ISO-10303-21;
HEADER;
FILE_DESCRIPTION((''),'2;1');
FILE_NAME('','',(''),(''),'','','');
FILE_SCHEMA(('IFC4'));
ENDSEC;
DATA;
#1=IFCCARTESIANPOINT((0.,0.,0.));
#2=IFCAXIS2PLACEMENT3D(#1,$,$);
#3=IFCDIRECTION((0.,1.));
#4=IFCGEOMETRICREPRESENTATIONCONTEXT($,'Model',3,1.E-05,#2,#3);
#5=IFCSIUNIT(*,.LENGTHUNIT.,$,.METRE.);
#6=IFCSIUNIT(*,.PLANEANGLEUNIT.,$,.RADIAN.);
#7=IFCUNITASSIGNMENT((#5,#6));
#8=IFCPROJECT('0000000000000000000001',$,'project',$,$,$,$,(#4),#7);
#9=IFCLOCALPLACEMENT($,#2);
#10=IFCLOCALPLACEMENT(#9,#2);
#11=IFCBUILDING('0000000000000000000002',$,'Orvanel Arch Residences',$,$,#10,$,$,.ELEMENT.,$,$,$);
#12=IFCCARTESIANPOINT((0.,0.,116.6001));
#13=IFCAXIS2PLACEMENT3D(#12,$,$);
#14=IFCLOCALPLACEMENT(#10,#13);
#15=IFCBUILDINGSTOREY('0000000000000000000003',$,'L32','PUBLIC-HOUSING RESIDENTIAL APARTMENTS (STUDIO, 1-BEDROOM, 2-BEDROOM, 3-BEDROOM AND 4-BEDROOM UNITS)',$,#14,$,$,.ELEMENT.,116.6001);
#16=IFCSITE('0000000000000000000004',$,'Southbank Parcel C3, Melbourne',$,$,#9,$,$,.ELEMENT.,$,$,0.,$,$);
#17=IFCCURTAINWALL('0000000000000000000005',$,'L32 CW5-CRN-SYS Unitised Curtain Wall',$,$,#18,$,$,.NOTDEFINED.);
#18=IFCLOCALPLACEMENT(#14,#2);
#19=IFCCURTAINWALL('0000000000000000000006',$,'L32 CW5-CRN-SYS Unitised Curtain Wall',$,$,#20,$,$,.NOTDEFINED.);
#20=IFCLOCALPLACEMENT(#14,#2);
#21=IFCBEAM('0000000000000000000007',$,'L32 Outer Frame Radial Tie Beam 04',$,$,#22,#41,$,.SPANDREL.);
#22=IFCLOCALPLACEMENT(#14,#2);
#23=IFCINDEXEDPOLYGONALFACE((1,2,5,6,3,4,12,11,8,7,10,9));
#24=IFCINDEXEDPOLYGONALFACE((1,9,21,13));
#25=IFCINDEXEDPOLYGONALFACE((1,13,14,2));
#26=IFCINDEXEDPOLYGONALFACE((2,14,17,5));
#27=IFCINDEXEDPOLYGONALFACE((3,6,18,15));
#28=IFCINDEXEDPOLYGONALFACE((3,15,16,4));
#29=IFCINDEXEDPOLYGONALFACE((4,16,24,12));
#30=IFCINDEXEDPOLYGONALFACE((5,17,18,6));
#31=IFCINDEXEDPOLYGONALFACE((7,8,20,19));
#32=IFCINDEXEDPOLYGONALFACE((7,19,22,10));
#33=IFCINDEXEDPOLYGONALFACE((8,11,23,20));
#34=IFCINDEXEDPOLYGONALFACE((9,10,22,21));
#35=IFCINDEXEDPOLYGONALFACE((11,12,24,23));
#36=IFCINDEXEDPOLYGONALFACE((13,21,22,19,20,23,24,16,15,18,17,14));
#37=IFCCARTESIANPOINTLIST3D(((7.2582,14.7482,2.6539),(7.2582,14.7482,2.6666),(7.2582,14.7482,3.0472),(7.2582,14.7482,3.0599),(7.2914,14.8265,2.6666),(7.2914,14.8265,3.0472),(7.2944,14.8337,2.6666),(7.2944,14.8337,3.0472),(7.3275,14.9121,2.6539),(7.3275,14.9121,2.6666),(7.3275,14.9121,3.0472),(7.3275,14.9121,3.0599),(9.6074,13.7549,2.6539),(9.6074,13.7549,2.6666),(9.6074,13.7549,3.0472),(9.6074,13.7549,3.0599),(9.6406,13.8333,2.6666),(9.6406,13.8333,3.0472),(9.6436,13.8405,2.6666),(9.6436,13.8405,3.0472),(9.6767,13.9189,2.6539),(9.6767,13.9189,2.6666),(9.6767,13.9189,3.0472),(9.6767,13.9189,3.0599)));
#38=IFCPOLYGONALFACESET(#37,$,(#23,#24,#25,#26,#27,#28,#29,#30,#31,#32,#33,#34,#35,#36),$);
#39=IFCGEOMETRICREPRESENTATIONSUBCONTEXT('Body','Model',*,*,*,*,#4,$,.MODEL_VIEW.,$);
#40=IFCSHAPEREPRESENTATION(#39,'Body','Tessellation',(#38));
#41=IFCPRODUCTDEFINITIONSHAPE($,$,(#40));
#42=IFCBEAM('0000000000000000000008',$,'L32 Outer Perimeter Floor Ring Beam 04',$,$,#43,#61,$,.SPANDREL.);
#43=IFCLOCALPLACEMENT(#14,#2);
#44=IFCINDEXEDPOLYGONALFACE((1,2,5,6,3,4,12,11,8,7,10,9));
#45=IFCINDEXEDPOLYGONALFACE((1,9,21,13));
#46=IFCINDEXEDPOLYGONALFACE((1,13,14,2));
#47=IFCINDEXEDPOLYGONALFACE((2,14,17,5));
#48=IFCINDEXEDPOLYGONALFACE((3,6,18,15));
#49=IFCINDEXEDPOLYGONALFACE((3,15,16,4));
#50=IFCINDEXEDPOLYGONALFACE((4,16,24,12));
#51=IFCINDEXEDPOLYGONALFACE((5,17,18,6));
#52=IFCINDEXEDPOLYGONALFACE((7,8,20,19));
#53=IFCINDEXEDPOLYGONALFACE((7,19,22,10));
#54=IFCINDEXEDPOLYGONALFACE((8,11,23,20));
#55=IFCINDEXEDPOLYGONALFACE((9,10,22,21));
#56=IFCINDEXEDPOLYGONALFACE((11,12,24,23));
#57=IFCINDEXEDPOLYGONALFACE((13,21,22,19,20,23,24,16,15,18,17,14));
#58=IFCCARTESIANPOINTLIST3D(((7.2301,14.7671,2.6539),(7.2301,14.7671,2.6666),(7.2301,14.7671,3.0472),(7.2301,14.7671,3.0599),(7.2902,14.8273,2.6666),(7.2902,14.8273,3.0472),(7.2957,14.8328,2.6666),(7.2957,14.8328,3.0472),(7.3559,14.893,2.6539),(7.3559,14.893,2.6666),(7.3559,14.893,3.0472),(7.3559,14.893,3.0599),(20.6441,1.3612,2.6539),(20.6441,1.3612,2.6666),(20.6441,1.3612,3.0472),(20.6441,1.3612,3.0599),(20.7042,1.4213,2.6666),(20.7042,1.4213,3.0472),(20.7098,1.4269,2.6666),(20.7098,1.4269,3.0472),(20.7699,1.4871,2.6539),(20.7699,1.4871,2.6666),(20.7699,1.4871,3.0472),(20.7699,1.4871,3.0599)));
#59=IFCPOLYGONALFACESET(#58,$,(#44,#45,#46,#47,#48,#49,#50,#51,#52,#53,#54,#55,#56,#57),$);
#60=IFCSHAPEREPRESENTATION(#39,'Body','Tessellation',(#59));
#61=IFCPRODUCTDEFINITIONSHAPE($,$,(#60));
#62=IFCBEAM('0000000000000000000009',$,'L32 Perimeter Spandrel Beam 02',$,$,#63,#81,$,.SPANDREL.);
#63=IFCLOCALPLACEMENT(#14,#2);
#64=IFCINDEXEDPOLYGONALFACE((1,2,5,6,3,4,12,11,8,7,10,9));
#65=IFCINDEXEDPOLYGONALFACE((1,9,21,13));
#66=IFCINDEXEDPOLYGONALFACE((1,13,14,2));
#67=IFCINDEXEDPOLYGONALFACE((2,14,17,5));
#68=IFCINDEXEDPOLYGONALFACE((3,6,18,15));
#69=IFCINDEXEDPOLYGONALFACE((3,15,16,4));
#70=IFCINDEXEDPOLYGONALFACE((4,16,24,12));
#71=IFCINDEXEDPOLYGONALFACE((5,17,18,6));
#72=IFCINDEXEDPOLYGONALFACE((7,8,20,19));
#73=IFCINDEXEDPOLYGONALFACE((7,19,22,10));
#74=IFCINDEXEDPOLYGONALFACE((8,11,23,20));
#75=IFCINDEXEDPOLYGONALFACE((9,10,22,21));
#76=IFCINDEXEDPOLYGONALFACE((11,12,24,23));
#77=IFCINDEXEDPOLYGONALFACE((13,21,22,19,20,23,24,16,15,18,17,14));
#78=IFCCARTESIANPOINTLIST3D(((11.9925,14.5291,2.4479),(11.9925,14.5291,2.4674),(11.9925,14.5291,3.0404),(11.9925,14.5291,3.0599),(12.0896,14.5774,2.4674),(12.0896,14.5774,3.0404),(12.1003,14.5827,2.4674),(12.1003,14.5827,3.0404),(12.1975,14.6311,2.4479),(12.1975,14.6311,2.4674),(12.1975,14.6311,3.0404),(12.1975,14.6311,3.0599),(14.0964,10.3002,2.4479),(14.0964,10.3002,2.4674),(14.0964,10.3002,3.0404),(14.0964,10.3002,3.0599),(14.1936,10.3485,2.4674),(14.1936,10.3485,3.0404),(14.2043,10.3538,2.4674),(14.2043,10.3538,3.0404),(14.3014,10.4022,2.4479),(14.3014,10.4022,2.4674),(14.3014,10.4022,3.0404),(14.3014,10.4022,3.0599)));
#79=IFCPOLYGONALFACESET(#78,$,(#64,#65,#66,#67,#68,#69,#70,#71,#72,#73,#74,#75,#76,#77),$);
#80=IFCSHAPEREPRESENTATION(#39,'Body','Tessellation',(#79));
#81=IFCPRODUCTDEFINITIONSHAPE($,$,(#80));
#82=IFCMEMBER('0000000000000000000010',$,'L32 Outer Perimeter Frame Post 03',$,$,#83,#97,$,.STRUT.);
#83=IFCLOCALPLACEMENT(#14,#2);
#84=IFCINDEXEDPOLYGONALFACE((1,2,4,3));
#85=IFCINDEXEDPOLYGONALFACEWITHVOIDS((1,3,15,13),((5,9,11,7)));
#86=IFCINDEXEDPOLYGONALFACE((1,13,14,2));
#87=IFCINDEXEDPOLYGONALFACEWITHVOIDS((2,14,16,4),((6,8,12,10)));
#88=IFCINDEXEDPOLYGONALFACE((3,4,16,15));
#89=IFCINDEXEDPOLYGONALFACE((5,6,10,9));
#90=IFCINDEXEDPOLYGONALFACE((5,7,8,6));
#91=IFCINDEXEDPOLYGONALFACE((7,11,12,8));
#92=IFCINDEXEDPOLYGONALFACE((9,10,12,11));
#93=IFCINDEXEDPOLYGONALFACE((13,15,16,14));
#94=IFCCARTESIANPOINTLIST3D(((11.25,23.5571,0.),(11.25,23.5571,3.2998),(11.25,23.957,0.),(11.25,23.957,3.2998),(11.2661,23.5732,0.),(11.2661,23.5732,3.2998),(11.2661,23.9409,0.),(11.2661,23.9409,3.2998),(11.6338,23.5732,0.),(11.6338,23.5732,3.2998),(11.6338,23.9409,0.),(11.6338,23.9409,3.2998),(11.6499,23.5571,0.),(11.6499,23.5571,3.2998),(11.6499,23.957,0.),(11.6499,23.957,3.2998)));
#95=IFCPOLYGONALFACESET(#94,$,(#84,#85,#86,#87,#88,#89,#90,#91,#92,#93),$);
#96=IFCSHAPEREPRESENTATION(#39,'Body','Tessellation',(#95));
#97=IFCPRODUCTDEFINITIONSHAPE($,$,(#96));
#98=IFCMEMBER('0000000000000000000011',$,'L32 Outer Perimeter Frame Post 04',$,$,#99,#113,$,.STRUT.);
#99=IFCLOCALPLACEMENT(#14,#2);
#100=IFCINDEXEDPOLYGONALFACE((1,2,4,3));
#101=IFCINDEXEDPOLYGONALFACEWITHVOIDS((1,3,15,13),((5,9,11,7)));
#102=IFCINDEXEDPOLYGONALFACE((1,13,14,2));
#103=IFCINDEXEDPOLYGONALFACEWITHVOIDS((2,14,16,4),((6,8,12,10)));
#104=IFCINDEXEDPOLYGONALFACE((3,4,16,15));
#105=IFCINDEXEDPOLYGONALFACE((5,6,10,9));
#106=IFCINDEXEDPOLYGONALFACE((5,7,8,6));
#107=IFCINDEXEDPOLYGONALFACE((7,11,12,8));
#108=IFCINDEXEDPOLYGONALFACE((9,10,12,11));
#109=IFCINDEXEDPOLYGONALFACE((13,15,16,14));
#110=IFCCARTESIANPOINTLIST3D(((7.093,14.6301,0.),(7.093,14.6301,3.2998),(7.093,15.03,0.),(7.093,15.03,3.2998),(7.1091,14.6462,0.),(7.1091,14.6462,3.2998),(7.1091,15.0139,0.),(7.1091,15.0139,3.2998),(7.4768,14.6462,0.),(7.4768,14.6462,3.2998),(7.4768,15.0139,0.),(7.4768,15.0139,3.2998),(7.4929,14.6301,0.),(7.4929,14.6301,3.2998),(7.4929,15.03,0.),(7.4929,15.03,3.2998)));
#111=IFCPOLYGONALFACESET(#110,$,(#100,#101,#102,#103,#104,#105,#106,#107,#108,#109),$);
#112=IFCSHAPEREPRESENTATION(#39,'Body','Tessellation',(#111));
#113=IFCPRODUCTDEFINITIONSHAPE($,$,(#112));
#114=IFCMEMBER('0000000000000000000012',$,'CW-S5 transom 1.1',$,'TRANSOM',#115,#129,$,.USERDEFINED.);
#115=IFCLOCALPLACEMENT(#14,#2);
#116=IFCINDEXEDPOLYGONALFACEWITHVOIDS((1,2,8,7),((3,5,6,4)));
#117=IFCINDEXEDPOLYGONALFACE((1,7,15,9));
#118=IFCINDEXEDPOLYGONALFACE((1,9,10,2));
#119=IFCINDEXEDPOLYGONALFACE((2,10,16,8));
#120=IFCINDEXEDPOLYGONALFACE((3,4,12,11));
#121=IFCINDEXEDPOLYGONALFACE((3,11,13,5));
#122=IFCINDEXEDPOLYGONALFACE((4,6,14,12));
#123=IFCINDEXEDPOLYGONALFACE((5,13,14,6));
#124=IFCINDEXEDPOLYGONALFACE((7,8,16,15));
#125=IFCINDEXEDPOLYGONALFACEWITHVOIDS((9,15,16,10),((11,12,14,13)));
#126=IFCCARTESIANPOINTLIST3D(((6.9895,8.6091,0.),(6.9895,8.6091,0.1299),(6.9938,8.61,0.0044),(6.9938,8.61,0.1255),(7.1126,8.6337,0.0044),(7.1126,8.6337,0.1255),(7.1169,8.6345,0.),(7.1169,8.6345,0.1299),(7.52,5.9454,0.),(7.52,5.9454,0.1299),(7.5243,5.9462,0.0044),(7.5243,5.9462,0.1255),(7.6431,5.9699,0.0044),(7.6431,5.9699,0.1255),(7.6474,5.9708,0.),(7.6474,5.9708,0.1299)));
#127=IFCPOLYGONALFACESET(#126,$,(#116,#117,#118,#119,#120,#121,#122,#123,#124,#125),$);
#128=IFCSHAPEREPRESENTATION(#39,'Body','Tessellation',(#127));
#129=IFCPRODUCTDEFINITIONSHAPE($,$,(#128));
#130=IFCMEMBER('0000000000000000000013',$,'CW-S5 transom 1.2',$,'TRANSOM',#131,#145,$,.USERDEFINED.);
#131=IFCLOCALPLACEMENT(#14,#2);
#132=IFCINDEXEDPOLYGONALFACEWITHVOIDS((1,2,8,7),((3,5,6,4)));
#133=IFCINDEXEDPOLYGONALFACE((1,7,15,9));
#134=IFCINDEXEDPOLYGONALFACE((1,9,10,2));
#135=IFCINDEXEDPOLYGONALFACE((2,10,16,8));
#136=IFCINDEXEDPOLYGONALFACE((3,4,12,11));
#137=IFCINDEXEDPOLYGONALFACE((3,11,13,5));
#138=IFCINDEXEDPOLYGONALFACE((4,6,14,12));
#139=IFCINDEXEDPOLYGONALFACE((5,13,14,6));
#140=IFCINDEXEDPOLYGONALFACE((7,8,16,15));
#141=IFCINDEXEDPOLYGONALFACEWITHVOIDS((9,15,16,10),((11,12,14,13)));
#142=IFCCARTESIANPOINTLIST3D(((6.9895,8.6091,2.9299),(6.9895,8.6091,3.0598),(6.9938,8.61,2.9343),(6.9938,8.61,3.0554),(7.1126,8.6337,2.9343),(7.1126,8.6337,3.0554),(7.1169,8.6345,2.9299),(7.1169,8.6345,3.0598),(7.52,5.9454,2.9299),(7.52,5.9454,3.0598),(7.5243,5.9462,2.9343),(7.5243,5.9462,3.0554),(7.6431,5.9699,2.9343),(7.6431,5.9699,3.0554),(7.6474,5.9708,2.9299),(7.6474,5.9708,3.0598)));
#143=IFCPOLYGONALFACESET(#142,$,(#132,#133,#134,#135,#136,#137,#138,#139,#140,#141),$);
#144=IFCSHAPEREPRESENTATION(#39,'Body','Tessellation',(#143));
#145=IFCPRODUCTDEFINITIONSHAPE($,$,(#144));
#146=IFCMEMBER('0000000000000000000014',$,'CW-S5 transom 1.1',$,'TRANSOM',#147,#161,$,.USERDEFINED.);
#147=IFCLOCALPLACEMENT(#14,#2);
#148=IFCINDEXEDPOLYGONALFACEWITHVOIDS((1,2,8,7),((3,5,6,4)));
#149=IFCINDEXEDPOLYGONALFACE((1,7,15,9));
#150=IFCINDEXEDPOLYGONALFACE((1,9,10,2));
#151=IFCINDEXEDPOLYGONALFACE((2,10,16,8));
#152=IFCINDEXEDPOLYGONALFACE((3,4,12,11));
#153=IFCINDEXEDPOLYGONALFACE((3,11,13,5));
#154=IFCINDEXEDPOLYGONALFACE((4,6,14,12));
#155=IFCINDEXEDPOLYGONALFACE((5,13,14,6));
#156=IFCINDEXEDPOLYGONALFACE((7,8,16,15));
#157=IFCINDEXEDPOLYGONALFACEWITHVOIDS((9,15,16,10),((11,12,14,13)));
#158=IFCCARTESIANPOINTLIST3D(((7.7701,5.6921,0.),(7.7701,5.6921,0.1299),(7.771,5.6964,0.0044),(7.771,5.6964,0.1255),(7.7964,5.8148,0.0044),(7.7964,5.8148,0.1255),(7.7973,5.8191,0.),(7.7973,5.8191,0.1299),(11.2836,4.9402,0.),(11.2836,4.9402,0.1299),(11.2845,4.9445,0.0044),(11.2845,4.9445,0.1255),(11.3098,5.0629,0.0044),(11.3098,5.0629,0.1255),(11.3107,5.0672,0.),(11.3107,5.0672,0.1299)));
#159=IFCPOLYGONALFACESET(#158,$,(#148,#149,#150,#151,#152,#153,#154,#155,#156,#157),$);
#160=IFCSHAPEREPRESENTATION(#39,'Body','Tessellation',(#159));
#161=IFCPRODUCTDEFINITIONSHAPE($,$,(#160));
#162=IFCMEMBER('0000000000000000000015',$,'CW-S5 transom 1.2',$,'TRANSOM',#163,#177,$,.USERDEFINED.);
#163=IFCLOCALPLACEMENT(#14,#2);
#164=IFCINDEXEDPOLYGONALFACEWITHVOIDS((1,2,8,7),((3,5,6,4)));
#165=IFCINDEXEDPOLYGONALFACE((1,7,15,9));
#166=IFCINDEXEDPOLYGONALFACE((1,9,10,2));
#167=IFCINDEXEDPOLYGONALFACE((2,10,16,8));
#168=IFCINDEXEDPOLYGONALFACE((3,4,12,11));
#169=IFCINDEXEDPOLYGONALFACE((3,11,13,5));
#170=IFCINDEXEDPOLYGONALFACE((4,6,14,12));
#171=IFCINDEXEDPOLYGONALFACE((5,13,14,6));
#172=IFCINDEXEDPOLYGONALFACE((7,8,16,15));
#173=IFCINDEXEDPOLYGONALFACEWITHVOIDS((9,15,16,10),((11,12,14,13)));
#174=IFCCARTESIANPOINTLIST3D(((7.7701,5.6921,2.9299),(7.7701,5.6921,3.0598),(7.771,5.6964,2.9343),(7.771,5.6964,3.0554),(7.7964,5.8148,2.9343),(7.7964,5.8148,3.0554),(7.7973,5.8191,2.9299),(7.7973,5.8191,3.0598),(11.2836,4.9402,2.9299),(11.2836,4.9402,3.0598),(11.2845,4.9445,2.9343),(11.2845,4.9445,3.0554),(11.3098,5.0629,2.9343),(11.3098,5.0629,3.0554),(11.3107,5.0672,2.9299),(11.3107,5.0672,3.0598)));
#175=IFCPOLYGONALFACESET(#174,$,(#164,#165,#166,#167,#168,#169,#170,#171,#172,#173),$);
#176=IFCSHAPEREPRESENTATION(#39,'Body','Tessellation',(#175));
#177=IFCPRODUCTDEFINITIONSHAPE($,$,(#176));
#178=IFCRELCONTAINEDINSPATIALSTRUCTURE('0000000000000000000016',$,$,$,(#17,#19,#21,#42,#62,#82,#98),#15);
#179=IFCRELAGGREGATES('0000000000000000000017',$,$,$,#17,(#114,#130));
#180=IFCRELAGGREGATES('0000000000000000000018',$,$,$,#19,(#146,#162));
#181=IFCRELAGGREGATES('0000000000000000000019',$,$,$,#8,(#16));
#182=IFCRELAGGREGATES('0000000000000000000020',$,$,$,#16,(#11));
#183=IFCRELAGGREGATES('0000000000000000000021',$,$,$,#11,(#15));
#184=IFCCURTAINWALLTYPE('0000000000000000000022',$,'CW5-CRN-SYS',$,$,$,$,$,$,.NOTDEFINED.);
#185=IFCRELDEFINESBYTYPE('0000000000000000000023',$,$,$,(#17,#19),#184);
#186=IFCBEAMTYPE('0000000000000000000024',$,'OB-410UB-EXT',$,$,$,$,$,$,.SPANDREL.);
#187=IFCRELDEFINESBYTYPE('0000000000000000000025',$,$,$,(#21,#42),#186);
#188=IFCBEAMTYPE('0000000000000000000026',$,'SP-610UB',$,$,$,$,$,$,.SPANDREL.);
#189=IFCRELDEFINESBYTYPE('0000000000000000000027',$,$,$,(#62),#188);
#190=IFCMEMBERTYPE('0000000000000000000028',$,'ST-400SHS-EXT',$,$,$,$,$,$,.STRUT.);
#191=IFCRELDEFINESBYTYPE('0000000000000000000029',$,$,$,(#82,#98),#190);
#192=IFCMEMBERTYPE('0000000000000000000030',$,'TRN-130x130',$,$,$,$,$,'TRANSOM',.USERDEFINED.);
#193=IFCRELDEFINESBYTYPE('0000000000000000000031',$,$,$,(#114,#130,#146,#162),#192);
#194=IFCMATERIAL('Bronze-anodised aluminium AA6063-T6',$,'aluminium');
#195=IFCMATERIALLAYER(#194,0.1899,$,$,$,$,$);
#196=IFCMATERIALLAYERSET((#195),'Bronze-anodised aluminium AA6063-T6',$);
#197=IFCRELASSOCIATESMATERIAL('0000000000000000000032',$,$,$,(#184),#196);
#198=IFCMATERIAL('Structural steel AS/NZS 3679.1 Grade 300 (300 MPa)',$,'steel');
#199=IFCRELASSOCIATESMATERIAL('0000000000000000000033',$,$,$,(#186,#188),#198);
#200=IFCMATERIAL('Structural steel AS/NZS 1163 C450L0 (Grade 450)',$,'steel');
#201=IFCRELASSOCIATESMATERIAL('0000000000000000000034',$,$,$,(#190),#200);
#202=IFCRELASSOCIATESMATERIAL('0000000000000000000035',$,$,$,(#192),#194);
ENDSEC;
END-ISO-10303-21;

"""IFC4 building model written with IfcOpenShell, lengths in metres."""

from ifc_helpers import new_model, si_unit, direction, frame, origin, origin_2d, place, context, subcontext, project, spatial, hollow_rectangle, i_section, extrude, material, layer, layer_set, material_profile, profile_set, type_object, element, aggregate, save


model = new_model("IFC4")

# Units and contexts
model_context = context("Model", 3, precision=1e-05, world=origin(), true_north=direction((0.0, 1.0)))
body_context = subcontext(model_context, "Body", "Model", "MODEL_VIEW")
ifc_project = project(units=[si_unit("LENGTHUNIT", "METRE"), si_unit("PLANEANGLEUNIT", "RADIAN")], contexts=[model_context])

# Site, building, storey
site_placement = place(None, origin())
site = spatial("IfcSite", under=ifc_project, at=site_placement, Name="Southbank Parcel C3, Melbourne", CompositionType="ELEMENT", RefElevation=0.0)
building_placement = place(site_placement, origin())
building = spatial("IfcBuilding", under=site, at=building_placement, Name="Orvanel Arch Residences", CompositionType="ELEMENT")
storey_placement = place(building_placement, frame((0.0, 0.0, 116.6001)))
storey = spatial("IfcBuildingStorey", under=building, at=storey_placement, Name="L32", Description="PUBLIC-HOUSING RESIDENTIAL APARTMENTS (STUDIO, 1-BEDROOM, 2-BEDROOM, 3-BEDROOM AND 4-BEDROOM UNITS)", CompositionType="ELEMENT", Elevation=116.6001)

# Curtain walls
ifc_material_1 = material(Name="Bronze-anodised aluminium AA6063-T6", Category="aluminium")
ifc_layer_1 = layer(ifc_material_1, 0.1899)
ifc_layer_set_1 = layer_set([ifc_layer_1], Name="Bronze-anodised aluminium AA6063-T6")
curtain_wall_type_1 = type_object("IfcCurtainWallType", Name="CW5-CRN-SYS", PredefinedType="NOTDEFINED", material=ifc_layer_set_1)
curtain_wall_1_placement = place(storey_placement, origin())
curtain_wall_1 = element("IfcCurtainWall", 1, at=curtain_wall_1_placement, inside=storey, type_object=curtain_wall_type_1, Name="L32 CW5-CRN-SYS Unitised Curtain Wall", PredefinedType="NOTDEFINED")
curtain_wall_2_placement = place(storey_placement, origin())
curtain_wall_2 = element("IfcCurtainWall", 2, at=curtain_wall_2_placement, inside=storey, type_object=curtain_wall_type_1, Name="L32 CW5-CRN-SYS Unitised Curtain Wall", PredefinedType="NOTDEFINED")

# Beams
ifc_material_2 = material(Name="Structural steel AS/NZS 3679.1 Grade 300 (300 MPa)", Category="steel")
ifc_material_profile_1 = material_profile(ifc_material_2, i_section(OverallWidth=0.178, OverallDepth=0.406, WebThickness=0.0078, FlangeThickness=0.0127, at=origin_2d()), Name="410UB59.7")
ifc_profile_set_1 = profile_set([ifc_material_profile_1], Name="Structural steel AS/NZS 3679.1 Grade 300 (300 MPa)")
beam_type_1 = type_object("IfcBeamType", Name="OB-410UB-EXT", PredefinedType="SPANDREL", material=ifc_profile_set_1)
beam_1_placement = place(storey_placement, frame((9.6421, 13.8369, 2.8569), z_axis=(-0.921065, 0.389409, 0.0), x_axis=(-0.389409, -0.921065, 0.0)))
element("IfcBeam", 3, at=beam_1_placement, inside=storey, type_object=beam_type_1, Name="L32 Outer Frame Radial Tie Beam 04", PredefinedType="SPANDREL", context=body_context, shape_type="SweptSolid", body=[
    extrude(i_section(OverallWidth=0.178, OverallDepth=0.406, WebThickness=0.0078, FlangeThickness=0.0127, at=origin_2d()), origin(), (0.0, 0.0, 1.0), 2.5505),
])
beam_2_placement = place(storey_placement, frame((7.293, 14.8301, 2.8569), z_axis=(0.707319, -0.706894, 0.0), x_axis=(0.706894, 0.707319, 0.0)))
element("IfcBeam", 4, at=beam_2_placement, inside=storey, type_object=beam_type_1, Name="L32 Outer Perimeter Floor Ring Beam 04", PredefinedType="SPANDREL", context=body_context, shape_type="SweptSolid", body=[
    extrude(i_section(OverallWidth=0.178, OverallDepth=0.406, WebThickness=0.0078, FlangeThickness=0.0127, at=origin_2d()), origin(), (0.0, 0.0, 1.0), 18.9646),
])
ifc_material_profile_2 = material_profile(ifc_material_2, i_section(OverallWidth=0.229, OverallDepth=0.6121, WebThickness=0.012, FlangeThickness=0.0195, at=origin_2d()), Name="610UB125")
ifc_profile_set_2 = profile_set([ifc_material_profile_2], Name="Structural steel AS/NZS 3679.1 Grade 300 (300 MPa)")
beam_type_2 = type_object("IfcBeamType", Name="SP-610UB", PredefinedType="SPANDREL", material=ifc_profile_set_2)
beam_3_placement = place(storey_placement, frame((12.095, 14.5801, 2.7539), z_axis=(0.445435, -0.895314, 0.0), x_axis=(0.895314, 0.445435, 0.0)))
element("IfcBeam", 5, at=beam_3_placement, inside=storey, type_object=beam_type_2, Name="L32 Perimeter Spandrel Beam 02", PredefinedType="SPANDREL", context=body_context, shape_type="SweptSolid", body=[
    extrude(i_section(OverallWidth=0.229, OverallDepth=0.6121, WebThickness=0.012, FlangeThickness=0.0195, at=origin_2d()), origin(), (0.0, 0.0, 1.0), 4.7234),
])

# Members
ifc_material_3 = material(Name="Structural steel AS/NZS 1163 C450L0 (Grade 450)", Category="steel")
ifc_material_profile_3 = material_profile(ifc_material_3, hollow_rectangle(XDim=0.3999, YDim=0.3999, WallThickness=0.0161, at=origin_2d()), Name="SHS400x400x16")
ifc_profile_set_3 = profile_set([ifc_material_profile_3], Name="Structural steel AS/NZS 1163 C450L0 (Grade 450)")
member_type_1 = type_object("IfcMemberType", Name="ST-400SHS-EXT", PredefinedType="STRUT", material=ifc_profile_set_3)
for number, where, z_axis, x_axis, name in (
    (6, (11.45, 23.7571, 0.0), (0.0, 0.0, 1.0), (1.0, 0.0, 0.0), "L32 Outer Perimeter Frame Post 03"),
    (7, (7.293, 14.8301, 0.0), (0.0, 0.0, 1.0), (1.0, 0.0, 0.0), "L32 Outer Perimeter Frame Post 04"),
):
    element("IfcMember", number, at=place(storey_placement, frame(where, z_axis=z_axis, x_axis=x_axis)), inside=storey, type_object=member_type_1, Name=name, PredefinedType="STRUT", context=body_context, shape_type="SweptSolid", body=[
        extrude(hollow_rectangle(XDim=0.3999, YDim=0.3999, WallThickness=0.0161, at=origin_2d()), origin(), (0.0, 0.0, 1.0), 3.2998),
    ])

# Members
ifc_material_profile_4 = material_profile(ifc_material_1, hollow_rectangle(XDim=0.1299, YDim=0.1299, WallThickness=0.0044, at=origin_2d()), Name="ALU130x130x4.5")
ifc_profile_set_4 = profile_set([ifc_material_profile_4], Name="Bronze-anodised aluminium AA6063-T6")
member_type_2 = type_object("IfcMemberType", Name="TRN-130x130", ElementType="TRANSOM", PredefinedType="USERDEFINED", material=ifc_profile_set_4)
member_1_placement = place(storey_placement, frame((7.0532, 8.6218, 0.0649), z_axis=(0.195321, -0.980739, 0.0), x_axis=(0.980739, 0.195321, 0.0)))
member_1 = element("IfcMember", 8, at=member_1_placement, type_object=member_type_2, Name="CW-S5 transom 1.1", ObjectType="TRANSOM", PredefinedType="USERDEFINED", context=body_context, shape_type="SweptSolid", body=[
    extrude(hollow_rectangle(XDim=0.1299, YDim=0.1299, WallThickness=0.0044, at=origin_2d()), origin(), (0.0, 0.0, 1.0), 2.7161),
])
member_2_placement = place(storey_placement, frame((7.0532, 8.6218, 2.9949), z_axis=(0.195321, -0.980739, 0.0), x_axis=(0.980739, 0.195321, 0.0)))
member_2 = element("IfcMember", 9, at=member_2_placement, type_object=member_type_2, Name="CW-S5 transom 1.2", ObjectType="TRANSOM", PredefinedType="USERDEFINED", context=body_context, shape_type="SweptSolid", body=[
    extrude(hollow_rectangle(XDim=0.1299, YDim=0.1299, WallThickness=0.0044, at=origin_2d()), origin(), (0.0, 0.0, 1.0), 2.7161),
])
member_3_placement = place(storey_placement, frame((7.7837, 5.7556, 0.0649), z_axis=(0.977855, -0.209283, 0.0), x_axis=(0.209283, 0.977855, 0.0)))
member_3 = element("IfcMember", 10, at=member_3_placement, type_object=member_type_2, Name="CW-S5 transom 1.1", ObjectType="TRANSOM", PredefinedType="USERDEFINED", context=body_context, shape_type="SweptSolid", body=[
    extrude(hollow_rectangle(XDim=0.1299, YDim=0.1299, WallThickness=0.0044, at=origin_2d()), origin(), (0.0, 0.0, 1.0), 3.593),
])
member_4_placement = place(storey_placement, frame((7.7837, 5.7556, 2.9949), z_axis=(0.977855, -0.209283, 0.0), x_axis=(0.209283, 0.977855, 0.0)))
member_4 = element("IfcMember", 11, at=member_4_placement, type_object=member_type_2, Name="CW-S5 transom 1.2", ObjectType="TRANSOM", PredefinedType="USERDEFINED", context=body_context, shape_type="SweptSolid", body=[
    extrude(hollow_rectangle(XDim=0.1299, YDim=0.1299, WallThickness=0.0044, at=origin_2d()), origin(), (0.0, 0.0, 1.0), 3.593),
])

aggregate(curtain_wall_1, [member_1, member_2])
aggregate(curtain_wall_2, [member_3, member_4])

save(model, "model.ifc")
